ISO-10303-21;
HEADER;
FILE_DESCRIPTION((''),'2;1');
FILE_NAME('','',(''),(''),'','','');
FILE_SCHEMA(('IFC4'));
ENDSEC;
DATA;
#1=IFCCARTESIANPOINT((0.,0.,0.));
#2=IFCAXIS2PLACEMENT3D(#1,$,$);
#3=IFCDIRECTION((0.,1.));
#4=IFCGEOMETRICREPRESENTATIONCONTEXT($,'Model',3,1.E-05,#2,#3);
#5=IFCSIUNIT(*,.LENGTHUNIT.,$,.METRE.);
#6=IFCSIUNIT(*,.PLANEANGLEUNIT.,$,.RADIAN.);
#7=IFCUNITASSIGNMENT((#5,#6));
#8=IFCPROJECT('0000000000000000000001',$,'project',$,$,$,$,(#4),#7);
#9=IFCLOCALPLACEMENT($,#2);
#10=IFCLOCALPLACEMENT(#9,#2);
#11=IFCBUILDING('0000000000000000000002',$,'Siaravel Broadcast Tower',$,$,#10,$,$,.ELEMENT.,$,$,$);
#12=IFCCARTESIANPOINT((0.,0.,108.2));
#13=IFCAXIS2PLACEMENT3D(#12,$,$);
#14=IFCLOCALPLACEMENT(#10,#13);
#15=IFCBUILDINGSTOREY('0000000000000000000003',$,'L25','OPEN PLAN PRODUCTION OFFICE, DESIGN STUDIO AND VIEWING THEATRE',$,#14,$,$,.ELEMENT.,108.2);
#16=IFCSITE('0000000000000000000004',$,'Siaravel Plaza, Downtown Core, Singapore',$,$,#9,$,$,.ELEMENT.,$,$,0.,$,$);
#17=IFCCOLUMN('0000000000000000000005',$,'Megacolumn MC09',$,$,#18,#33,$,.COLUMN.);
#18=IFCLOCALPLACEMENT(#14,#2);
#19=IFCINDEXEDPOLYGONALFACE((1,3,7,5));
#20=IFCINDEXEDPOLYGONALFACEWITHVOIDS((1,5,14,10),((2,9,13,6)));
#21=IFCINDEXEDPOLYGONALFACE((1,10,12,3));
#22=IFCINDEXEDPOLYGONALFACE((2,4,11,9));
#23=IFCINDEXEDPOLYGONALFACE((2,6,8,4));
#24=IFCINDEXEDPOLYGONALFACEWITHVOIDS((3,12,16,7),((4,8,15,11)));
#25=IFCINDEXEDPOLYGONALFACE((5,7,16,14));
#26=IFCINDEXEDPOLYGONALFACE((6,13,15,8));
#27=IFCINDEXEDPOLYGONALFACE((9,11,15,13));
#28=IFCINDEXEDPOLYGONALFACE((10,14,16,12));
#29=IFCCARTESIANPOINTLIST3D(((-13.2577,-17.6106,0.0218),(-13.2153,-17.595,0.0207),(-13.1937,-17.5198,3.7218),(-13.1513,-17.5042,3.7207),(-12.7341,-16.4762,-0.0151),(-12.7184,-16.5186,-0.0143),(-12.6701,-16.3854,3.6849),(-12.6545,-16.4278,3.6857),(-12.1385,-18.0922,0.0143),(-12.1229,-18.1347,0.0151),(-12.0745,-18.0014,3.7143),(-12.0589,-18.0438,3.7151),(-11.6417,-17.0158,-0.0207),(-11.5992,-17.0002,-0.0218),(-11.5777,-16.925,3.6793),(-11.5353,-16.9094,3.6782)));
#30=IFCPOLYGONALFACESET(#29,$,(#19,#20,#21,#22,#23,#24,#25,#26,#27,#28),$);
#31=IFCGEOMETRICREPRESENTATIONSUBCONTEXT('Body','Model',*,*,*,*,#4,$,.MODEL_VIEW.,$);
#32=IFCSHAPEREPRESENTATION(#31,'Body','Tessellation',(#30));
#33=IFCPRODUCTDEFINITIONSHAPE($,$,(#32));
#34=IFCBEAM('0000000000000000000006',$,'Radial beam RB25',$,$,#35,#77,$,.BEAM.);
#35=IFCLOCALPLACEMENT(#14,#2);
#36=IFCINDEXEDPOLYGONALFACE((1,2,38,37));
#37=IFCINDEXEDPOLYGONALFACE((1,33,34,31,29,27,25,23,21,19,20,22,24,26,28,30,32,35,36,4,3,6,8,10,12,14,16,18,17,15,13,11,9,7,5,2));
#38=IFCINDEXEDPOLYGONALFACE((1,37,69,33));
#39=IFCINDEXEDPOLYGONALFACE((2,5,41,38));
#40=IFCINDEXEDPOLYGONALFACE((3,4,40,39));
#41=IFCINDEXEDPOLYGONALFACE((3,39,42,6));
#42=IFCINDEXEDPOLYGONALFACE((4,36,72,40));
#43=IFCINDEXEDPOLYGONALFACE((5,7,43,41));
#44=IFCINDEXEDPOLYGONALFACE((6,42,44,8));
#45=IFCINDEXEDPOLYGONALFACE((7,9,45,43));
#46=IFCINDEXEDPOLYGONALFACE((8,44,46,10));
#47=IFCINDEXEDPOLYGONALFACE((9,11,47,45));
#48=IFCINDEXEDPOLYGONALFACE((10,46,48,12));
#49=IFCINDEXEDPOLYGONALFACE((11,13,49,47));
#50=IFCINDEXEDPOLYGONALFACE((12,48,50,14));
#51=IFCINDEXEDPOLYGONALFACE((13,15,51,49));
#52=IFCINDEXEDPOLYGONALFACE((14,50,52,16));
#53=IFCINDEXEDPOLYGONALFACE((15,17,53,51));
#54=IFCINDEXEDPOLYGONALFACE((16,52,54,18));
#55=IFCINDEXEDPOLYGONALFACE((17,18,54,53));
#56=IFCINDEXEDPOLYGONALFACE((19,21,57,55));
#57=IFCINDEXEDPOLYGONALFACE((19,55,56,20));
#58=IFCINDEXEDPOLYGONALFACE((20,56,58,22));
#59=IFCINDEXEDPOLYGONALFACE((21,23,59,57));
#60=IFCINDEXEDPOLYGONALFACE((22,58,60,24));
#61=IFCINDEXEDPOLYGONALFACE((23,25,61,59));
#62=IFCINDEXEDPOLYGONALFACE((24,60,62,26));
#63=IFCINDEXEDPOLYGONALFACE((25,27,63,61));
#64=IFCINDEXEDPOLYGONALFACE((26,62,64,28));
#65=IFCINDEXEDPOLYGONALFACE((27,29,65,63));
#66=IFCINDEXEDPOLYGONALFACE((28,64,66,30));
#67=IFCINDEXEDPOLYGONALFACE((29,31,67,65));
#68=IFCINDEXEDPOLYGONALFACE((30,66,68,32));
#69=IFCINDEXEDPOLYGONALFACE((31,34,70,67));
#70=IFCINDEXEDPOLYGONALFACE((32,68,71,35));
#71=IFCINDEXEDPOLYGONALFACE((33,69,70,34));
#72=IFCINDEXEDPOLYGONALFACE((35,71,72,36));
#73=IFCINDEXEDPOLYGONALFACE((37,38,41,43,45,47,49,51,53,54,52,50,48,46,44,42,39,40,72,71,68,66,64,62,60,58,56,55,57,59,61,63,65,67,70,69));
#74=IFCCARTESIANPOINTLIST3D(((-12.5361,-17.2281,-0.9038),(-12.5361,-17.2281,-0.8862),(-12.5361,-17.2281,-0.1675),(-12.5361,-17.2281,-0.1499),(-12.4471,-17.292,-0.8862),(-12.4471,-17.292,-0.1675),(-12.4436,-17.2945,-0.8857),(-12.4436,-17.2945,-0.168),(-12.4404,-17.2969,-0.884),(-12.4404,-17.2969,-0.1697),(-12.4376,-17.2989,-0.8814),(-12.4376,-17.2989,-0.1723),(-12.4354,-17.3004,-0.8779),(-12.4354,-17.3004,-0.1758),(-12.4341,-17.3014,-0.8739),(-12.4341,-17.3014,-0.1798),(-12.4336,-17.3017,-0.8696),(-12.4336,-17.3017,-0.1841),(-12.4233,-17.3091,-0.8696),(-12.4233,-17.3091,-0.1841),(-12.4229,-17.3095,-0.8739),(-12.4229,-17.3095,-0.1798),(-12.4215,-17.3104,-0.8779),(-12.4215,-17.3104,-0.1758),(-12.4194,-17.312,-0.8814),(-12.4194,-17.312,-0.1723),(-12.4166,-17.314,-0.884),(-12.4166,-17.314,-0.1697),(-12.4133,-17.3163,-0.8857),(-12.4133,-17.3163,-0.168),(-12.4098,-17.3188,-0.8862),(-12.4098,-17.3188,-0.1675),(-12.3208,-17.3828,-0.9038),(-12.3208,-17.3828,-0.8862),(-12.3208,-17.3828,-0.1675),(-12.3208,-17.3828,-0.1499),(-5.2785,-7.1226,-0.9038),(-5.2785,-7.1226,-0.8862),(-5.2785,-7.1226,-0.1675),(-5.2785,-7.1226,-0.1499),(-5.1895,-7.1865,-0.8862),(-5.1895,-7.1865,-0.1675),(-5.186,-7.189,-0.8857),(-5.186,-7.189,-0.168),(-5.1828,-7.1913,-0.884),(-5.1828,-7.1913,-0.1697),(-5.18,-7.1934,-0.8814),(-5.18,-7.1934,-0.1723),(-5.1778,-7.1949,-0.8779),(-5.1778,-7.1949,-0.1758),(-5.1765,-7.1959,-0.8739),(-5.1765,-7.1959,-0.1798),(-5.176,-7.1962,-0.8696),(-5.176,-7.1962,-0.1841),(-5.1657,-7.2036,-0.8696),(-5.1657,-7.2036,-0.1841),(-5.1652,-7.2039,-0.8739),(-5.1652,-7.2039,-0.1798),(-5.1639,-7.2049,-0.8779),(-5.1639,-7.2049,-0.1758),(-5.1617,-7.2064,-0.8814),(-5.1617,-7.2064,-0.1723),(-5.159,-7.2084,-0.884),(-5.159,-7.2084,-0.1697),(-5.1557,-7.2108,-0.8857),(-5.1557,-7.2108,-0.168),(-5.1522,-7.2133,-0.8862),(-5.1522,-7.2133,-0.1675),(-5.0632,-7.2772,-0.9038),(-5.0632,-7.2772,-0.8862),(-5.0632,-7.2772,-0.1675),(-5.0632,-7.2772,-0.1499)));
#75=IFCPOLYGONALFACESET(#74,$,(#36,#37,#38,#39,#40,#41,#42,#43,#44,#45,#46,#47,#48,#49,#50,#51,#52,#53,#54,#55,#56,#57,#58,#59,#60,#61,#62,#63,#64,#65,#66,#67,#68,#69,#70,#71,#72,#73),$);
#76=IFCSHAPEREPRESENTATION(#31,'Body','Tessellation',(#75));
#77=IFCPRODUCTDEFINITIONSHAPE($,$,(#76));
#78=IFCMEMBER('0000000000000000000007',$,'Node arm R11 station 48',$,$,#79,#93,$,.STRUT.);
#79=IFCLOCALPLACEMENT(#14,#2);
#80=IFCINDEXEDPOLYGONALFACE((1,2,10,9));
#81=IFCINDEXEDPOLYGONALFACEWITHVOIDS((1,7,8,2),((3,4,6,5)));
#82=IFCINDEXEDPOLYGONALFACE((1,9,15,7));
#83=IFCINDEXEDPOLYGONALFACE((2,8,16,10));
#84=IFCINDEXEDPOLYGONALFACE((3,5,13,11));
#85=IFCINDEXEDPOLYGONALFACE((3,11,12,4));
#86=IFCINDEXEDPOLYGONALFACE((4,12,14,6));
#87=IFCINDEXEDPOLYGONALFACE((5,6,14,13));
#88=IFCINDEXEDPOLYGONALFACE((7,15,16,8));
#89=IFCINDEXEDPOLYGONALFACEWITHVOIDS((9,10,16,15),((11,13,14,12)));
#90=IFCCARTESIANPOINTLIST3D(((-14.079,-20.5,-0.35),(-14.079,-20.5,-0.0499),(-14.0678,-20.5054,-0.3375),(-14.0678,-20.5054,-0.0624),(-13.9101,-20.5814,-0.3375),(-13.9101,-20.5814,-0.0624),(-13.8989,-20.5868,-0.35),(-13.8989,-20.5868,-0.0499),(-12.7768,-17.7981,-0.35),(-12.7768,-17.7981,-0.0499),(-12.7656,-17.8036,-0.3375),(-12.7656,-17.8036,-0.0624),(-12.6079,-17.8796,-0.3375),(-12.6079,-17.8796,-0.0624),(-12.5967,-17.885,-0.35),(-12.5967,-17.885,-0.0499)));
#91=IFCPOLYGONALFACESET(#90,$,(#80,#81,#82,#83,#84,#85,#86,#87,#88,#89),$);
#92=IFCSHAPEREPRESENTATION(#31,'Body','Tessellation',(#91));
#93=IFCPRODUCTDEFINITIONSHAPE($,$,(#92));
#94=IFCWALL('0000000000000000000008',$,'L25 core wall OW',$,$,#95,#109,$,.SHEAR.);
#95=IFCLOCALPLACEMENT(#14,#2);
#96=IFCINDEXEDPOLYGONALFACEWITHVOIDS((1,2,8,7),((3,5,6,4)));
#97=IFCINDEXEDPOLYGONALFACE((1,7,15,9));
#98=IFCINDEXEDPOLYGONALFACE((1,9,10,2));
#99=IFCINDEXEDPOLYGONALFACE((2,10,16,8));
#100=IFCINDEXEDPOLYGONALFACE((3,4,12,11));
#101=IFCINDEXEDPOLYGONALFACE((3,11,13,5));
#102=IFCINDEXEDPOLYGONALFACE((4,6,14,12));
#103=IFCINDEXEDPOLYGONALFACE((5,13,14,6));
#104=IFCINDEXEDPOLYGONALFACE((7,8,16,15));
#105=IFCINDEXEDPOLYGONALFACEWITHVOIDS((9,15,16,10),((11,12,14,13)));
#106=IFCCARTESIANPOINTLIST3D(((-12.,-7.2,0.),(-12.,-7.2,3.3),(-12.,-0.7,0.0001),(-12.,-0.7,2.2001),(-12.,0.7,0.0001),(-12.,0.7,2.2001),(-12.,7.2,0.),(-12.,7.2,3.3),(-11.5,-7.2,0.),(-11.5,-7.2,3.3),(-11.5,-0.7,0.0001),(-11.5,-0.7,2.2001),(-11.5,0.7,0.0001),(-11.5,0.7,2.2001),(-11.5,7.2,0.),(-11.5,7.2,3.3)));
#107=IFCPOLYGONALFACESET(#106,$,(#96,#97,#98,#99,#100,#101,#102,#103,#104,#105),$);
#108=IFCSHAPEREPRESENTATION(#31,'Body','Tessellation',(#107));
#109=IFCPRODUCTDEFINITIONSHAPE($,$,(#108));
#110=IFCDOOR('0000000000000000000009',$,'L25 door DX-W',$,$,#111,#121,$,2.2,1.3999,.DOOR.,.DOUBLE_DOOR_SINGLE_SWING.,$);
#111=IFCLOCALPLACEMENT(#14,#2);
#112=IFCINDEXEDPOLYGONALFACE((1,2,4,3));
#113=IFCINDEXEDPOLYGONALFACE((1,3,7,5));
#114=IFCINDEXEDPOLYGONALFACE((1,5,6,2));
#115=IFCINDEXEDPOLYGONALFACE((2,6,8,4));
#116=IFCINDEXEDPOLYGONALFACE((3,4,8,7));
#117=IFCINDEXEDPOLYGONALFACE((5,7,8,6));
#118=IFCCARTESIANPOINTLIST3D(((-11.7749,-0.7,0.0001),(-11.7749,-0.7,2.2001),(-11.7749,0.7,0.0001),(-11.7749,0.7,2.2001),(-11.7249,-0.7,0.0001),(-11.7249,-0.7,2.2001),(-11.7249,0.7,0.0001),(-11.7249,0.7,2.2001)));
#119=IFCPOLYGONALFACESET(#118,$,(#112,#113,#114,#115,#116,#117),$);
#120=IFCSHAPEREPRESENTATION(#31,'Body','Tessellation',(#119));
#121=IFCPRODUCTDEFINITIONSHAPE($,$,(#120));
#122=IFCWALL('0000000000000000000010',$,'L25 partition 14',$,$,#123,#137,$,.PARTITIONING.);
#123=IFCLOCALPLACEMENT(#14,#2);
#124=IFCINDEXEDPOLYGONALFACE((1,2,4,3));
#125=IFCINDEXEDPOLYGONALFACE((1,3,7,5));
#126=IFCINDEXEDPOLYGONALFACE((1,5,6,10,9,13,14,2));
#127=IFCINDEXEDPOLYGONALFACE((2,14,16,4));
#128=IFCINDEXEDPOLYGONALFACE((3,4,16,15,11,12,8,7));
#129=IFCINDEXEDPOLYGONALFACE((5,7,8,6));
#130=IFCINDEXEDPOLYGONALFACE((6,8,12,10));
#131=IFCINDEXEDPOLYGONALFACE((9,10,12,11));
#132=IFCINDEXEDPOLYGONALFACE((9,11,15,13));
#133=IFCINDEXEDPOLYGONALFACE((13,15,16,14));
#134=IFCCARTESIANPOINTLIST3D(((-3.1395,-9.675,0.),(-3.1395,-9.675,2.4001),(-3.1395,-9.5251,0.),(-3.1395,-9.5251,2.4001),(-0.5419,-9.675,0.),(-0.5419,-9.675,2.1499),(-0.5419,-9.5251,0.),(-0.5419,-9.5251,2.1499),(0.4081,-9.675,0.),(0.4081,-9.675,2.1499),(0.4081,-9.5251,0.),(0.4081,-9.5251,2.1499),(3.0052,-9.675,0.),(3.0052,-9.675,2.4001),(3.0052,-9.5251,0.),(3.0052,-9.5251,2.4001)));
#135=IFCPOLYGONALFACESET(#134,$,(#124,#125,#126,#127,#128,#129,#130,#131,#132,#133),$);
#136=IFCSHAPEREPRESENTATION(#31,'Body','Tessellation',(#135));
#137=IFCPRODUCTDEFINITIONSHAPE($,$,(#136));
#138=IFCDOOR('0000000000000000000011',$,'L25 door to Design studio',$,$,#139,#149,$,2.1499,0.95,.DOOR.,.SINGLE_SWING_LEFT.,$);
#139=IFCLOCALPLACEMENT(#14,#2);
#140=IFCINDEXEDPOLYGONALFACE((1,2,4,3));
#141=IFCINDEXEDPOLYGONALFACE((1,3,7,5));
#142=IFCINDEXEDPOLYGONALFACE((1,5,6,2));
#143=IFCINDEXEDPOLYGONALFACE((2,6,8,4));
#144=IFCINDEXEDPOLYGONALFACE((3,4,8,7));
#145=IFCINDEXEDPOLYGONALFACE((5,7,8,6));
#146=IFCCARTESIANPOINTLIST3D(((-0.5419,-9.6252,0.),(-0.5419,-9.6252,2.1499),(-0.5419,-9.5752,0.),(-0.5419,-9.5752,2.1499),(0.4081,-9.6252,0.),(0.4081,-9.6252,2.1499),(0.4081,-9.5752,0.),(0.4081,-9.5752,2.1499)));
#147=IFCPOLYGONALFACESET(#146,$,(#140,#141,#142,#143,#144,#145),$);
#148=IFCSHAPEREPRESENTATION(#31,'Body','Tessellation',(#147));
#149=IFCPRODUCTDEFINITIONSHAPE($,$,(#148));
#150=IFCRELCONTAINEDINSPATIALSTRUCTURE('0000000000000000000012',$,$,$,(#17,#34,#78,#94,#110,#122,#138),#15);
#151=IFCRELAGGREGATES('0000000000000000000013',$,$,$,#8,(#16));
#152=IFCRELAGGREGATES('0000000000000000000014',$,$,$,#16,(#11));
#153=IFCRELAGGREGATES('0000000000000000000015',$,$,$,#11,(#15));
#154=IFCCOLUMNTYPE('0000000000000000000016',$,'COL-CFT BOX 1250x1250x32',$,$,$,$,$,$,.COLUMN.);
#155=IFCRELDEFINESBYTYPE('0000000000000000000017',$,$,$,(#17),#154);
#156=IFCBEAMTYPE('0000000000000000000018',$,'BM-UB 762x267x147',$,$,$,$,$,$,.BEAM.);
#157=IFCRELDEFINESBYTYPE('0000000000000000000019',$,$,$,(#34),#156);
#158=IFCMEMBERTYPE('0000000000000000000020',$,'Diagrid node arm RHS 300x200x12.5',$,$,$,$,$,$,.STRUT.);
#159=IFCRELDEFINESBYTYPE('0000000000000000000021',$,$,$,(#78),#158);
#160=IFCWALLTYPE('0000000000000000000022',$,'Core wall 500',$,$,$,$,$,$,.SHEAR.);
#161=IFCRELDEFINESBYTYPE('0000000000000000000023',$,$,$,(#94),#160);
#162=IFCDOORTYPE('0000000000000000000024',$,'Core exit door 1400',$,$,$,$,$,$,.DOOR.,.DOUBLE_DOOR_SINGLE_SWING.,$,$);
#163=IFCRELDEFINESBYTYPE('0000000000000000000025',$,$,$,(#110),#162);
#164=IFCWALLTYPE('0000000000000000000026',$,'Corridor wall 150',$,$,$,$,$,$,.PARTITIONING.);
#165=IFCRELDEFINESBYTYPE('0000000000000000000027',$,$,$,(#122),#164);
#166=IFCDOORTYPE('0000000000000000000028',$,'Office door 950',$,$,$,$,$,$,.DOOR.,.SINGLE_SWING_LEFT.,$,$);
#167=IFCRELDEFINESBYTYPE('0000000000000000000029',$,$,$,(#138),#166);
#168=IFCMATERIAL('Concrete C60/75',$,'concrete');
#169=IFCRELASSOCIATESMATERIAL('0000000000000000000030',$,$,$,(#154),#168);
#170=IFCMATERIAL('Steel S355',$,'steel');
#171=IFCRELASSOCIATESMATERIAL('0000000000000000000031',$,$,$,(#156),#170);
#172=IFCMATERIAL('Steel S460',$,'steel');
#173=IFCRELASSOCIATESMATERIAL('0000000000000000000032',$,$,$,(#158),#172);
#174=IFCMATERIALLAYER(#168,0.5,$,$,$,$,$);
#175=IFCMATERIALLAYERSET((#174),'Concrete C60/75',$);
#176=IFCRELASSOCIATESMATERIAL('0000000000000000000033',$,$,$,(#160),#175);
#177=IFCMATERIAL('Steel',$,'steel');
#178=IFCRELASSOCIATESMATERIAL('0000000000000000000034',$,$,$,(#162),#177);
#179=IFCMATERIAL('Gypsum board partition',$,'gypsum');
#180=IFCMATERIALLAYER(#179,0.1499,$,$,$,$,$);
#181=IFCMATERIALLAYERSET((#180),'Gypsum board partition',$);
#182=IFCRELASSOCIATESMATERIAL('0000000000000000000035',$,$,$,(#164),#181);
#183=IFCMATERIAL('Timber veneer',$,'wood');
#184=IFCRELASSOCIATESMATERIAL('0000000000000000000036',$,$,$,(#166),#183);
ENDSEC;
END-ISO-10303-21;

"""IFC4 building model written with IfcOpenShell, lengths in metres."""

from ifc_helpers import new_model, si_unit, direction, frame, frame_2d, origin, origin_2d, place, context, subcontext, project, spatial, rectangle, hollow_rectangle, i_section, extrude, material, layer, layer_set, material_profile, profile_set, type_object, element, fill, save


model = new_model("IFC4")

# Units and contexts
model_context = context("Model", 3, precision=1e-05, world=origin(), true_north=direction((0.0, 1.0)))
body_context = subcontext(model_context, "Body", "Model", "MODEL_VIEW")
ifc_project = project(units=[si_unit("LENGTHUNIT", "METRE"), si_unit("PLANEANGLEUNIT", "RADIAN")], contexts=[model_context])

# Site, building, storey
site_placement = place(None, origin())
site = spatial("IfcSite", under=ifc_project, at=site_placement, Name="Siaravel Plaza, Downtown Core, Singapore", CompositionType="ELEMENT", RefElevation=0.0)
building_placement = place(site_placement, origin())
building = spatial("IfcBuilding", under=site, at=building_placement, Name="Siaravel Broadcast Tower", CompositionType="ELEMENT")
storey_placement = place(building_placement, frame((0.0, 0.0, 108.2)))
storey = spatial("IfcBuildingStorey", under=building, at=storey_placement, Name="L25", Description="OPEN PLAN PRODUCTION OFFICE, DESIGN STUDIO AND VIEWING THEATRE", CompositionType="ELEMENT", Elevation=108.2)

# Column
ifc_material_1 = material(Name="Concrete C60/75", Category="concrete")
ifc_material_profile_1 = material_profile(ifc_material_1, hollow_rectangle(XDim=1.25, YDim=1.25, WallThickness=0.032, at=origin_2d()))
ifc_profile_set_1 = profile_set([ifc_material_profile_1], Name="Concrete C60/75")
column_type = type_object("IfcColumnType", Name="COL-CFT BOX 1250x1250x32", PredefinedType="COLUMN", material=ifc_profile_set_1)
column_placement = place(storey_placement, frame((-12.4285, -17.3054, 0.0), z_axis=(0.01728, 0.024535, 0.99955), x_axis=(-0.907862, 0.419234, 0.005404)))
element("IfcColumn", 1, at=column_placement, inside=storey, type_object=column_type, Name="Megacolumn MC09", PredefinedType="COLUMN", context=body_context, shape_type="SweptSolid", body=[
    extrude(hollow_rectangle(XDim=1.25, YDim=1.25, WallThickness=0.032, at=origin_2d()), origin(), (0.0, 0.0, 1.0), 3.7017),
])

# Beam
ifc_material_2 = material(Name="Steel S355", Category="steel")
ifc_material_profile_2 = material_profile(ifc_material_2, i_section(OverallWidth=0.2651, OverallDepth=0.7539, WebThickness=0.0127, FlangeThickness=0.0176, FilletRadius=0.0166, at=origin_2d()))
ifc_profile_set_2 = profile_set([ifc_material_profile_2], Name="Steel S355")
beam_type = type_object("IfcBeamType", Name="BM-UB 762x267x147", PredefinedType="BEAM", material=ifc_profile_set_2)
beam_placement = place(storey_placement, frame((-12.4285, -17.3054, -0.5269), z_axis=(0.583332, 0.812234, 0.0), x_axis=(-0.812234, 0.583332, 0.0)))
element("IfcBeam", 2, at=beam_placement, inside=storey, type_object=beam_type, Name="Radial beam RB25", PredefinedType="BEAM", context=body_context, shape_type="SweptSolid", body=[
    extrude(i_section(OverallWidth=0.2651, OverallDepth=0.7539, WebThickness=0.0127, FlangeThickness=0.0176, FilletRadius=0.0166, at=origin_2d()), origin(), (0.0, 0.0, 1.0), 12.4417),
])

# Member
ifc_material_3 = material(Name="Steel S460", Category="steel")
ifc_material_profile_3 = material_profile(ifc_material_3, hollow_rectangle(XDim=0.2, YDim=0.3, WallThickness=0.0125, at=origin_2d()))
ifc_profile_set_3 = profile_set([ifc_material_profile_3], Name="Steel S460")
member_type = type_object("IfcMemberType", Name="Diagrid node arm RHS 300x200x12.5", PredefinedType="STRUT", material=ifc_profile_set_3)
member_placement = place(storey_placement, frame((-12.6868, -17.8416, -0.2), z_axis=(-0.434175, -0.900828, 0.0), x_axis=(0.900828, -0.434175, 0.0)))
element("IfcMember", 3, at=member_placement, inside=storey, type_object=member_type, Name="Node arm R11 station 48", PredefinedType="STRUT", context=body_context, shape_type="SweptSolid", body=[
    extrude(hollow_rectangle(XDim=0.2, YDim=0.3, WallThickness=0.0125, at=origin_2d()), origin(), (0.0, 0.0, 1.0), 2.9993),
])

# Walls, openings, doors
ifc_layer_1 = layer(ifc_material_1, 0.5)
ifc_layer_set_1 = layer_set([ifc_layer_1], Name="Concrete C60/75")
wall_type_1 = type_object("IfcWallType", Name="Core wall 500", PredefinedType="SHEAR", material=ifc_layer_set_1)
wall_1_placement = place(storey_placement, frame((-11.75, -7.2, 0.0), z_axis=(0.0, 0.0, 1.0), x_axis=(0.0, 1.0, 0.0)))
wall_1 = element("IfcWall", 4, at=wall_1_placement, inside=storey, type_object=wall_type_1, Name="L25 core wall OW", PredefinedType="SHEAR", context=body_context, shape_type="SweptSolid", body=[
    extrude(rectangle(XDim=14.3999, YDim=0.5, at=frame_2d((7.2, 0.0))), origin(), (0.0, 0.0, 1.0), 3.3),
])
opening_1_placement = place(wall_1_placement, frame((6.5, 0.0, 0.0)))
opening_1 = element("IfcOpeningElement", 5, at=opening_1_placement, cuts=wall_1, PredefinedType="OPENING", context=body_context, shape_type="SweptSolid", body=[
    extrude(rectangle(XDim=1.3999, YDim=2.2, at=frame_2d((0.7, 1.1001))), frame((0.0, 0.26, 0.0), z_axis=(0.0, -1.0, 0.0), x_axis=(1.0, 0.0, 0.0)), (0.0, 0.0, 1.0), 0.52),
])
ifc_material_4 = material(Name="Steel", Category="steel")
door_type_1 = type_object("IfcDoorType", Name="Core exit door 1400", OperationType="DOUBLE_DOOR_SINGLE_SWING", PredefinedType="DOOR", material=ifc_material_4)
door_1_placement = place(opening_1_placement, origin())
door_1 = element("IfcDoor", 6, at=door_1_placement, inside=storey, type_object=door_type_1, Name="L25 door DX-W", OperationType="DOUBLE_DOOR_SINGLE_SWING", OverallHeight=2.2, OverallWidth=1.3999, PredefinedType="DOOR", context=body_context, shape_type="SweptSolid", body=[
    extrude(rectangle(XDim=1.3999, YDim=2.2, at=frame_2d((0.7, 1.1001))), frame((0.0, 0.0249, 0.0), z_axis=(0.0, -1.0, 0.0), x_axis=(1.0, 0.0, 0.0)), (0.0, 0.0, 1.0), 0.05),
])
fill(opening_1, door_1)
ifc_material_5 = material(Name="Gypsum board partition", Category="gypsum")
ifc_layer_2 = layer(ifc_material_5, 0.1499)
ifc_layer_set_2 = layer_set([ifc_layer_2], Name="Gypsum board partition")
wall_type_2 = type_object("IfcWallType", Name="Corridor wall 150", PredefinedType="PARTITIONING", material=ifc_layer_set_2)
wall_2_placement = place(storey_placement, frame((-3.1394, -9.6001, 0.0), z_axis=(0.0, 0.0, 1.0), x_axis=(1.0, 0.0, 0.0)))
wall_2 = element("IfcWall", 7, at=wall_2_placement, inside=storey, type_object=wall_type_2, Name="L25 partition 14", PredefinedType="PARTITIONING", context=body_context, shape_type="SweptSolid", body=[
    extrude(rectangle(XDim=6.1448, YDim=0.1499, at=frame_2d((3.0723, 0.0))), origin(), (0.0, 0.0, 1.0), 2.4001),
])
opening_2_placement = place(wall_2_placement, frame((2.5974, 0.0, 0.0)))
opening_2 = element("IfcOpeningElement", 8, at=opening_2_placement, cuts=wall_2, PredefinedType="OPENING", context=body_context, shape_type="SweptSolid", body=[
    extrude(rectangle(XDim=0.95, YDim=2.1499, at=frame_2d((0.4751, 1.075))), frame((0.0, 0.085, 0.0), z_axis=(0.0, -1.0, 0.0), x_axis=(1.0, 0.0, 0.0)), (0.0, 0.0, 1.0), 0.1699),
])
ifc_material_6 = material(Name="Timber veneer", Category="wood")
door_type_2 = type_object("IfcDoorType", Name="Office door 950", OperationType="SINGLE_SWING_LEFT", PredefinedType="DOOR", material=ifc_material_6)
door_2_placement = place(opening_2_placement, origin())
door_2 = element("IfcDoor", 9, at=door_2_placement, inside=storey, type_object=door_type_2, Name="L25 door to Design studio", OperationType="SINGLE_SWING_LEFT", OverallHeight=2.1499, OverallWidth=0.95, PredefinedType="DOOR", context=body_context, shape_type="SweptSolid", body=[
    extrude(rectangle(XDim=0.95, YDim=2.1499, at=frame_2d((0.4751, 1.075))), frame((0.0, 0.0249, 0.0), z_axis=(0.0, -1.0, 0.0), x_axis=(1.0, 0.0, 0.0)), (0.0, 0.0, 1.0), 0.05),
])
fill(opening_2, door_2)

save(model, "model.ifc")
